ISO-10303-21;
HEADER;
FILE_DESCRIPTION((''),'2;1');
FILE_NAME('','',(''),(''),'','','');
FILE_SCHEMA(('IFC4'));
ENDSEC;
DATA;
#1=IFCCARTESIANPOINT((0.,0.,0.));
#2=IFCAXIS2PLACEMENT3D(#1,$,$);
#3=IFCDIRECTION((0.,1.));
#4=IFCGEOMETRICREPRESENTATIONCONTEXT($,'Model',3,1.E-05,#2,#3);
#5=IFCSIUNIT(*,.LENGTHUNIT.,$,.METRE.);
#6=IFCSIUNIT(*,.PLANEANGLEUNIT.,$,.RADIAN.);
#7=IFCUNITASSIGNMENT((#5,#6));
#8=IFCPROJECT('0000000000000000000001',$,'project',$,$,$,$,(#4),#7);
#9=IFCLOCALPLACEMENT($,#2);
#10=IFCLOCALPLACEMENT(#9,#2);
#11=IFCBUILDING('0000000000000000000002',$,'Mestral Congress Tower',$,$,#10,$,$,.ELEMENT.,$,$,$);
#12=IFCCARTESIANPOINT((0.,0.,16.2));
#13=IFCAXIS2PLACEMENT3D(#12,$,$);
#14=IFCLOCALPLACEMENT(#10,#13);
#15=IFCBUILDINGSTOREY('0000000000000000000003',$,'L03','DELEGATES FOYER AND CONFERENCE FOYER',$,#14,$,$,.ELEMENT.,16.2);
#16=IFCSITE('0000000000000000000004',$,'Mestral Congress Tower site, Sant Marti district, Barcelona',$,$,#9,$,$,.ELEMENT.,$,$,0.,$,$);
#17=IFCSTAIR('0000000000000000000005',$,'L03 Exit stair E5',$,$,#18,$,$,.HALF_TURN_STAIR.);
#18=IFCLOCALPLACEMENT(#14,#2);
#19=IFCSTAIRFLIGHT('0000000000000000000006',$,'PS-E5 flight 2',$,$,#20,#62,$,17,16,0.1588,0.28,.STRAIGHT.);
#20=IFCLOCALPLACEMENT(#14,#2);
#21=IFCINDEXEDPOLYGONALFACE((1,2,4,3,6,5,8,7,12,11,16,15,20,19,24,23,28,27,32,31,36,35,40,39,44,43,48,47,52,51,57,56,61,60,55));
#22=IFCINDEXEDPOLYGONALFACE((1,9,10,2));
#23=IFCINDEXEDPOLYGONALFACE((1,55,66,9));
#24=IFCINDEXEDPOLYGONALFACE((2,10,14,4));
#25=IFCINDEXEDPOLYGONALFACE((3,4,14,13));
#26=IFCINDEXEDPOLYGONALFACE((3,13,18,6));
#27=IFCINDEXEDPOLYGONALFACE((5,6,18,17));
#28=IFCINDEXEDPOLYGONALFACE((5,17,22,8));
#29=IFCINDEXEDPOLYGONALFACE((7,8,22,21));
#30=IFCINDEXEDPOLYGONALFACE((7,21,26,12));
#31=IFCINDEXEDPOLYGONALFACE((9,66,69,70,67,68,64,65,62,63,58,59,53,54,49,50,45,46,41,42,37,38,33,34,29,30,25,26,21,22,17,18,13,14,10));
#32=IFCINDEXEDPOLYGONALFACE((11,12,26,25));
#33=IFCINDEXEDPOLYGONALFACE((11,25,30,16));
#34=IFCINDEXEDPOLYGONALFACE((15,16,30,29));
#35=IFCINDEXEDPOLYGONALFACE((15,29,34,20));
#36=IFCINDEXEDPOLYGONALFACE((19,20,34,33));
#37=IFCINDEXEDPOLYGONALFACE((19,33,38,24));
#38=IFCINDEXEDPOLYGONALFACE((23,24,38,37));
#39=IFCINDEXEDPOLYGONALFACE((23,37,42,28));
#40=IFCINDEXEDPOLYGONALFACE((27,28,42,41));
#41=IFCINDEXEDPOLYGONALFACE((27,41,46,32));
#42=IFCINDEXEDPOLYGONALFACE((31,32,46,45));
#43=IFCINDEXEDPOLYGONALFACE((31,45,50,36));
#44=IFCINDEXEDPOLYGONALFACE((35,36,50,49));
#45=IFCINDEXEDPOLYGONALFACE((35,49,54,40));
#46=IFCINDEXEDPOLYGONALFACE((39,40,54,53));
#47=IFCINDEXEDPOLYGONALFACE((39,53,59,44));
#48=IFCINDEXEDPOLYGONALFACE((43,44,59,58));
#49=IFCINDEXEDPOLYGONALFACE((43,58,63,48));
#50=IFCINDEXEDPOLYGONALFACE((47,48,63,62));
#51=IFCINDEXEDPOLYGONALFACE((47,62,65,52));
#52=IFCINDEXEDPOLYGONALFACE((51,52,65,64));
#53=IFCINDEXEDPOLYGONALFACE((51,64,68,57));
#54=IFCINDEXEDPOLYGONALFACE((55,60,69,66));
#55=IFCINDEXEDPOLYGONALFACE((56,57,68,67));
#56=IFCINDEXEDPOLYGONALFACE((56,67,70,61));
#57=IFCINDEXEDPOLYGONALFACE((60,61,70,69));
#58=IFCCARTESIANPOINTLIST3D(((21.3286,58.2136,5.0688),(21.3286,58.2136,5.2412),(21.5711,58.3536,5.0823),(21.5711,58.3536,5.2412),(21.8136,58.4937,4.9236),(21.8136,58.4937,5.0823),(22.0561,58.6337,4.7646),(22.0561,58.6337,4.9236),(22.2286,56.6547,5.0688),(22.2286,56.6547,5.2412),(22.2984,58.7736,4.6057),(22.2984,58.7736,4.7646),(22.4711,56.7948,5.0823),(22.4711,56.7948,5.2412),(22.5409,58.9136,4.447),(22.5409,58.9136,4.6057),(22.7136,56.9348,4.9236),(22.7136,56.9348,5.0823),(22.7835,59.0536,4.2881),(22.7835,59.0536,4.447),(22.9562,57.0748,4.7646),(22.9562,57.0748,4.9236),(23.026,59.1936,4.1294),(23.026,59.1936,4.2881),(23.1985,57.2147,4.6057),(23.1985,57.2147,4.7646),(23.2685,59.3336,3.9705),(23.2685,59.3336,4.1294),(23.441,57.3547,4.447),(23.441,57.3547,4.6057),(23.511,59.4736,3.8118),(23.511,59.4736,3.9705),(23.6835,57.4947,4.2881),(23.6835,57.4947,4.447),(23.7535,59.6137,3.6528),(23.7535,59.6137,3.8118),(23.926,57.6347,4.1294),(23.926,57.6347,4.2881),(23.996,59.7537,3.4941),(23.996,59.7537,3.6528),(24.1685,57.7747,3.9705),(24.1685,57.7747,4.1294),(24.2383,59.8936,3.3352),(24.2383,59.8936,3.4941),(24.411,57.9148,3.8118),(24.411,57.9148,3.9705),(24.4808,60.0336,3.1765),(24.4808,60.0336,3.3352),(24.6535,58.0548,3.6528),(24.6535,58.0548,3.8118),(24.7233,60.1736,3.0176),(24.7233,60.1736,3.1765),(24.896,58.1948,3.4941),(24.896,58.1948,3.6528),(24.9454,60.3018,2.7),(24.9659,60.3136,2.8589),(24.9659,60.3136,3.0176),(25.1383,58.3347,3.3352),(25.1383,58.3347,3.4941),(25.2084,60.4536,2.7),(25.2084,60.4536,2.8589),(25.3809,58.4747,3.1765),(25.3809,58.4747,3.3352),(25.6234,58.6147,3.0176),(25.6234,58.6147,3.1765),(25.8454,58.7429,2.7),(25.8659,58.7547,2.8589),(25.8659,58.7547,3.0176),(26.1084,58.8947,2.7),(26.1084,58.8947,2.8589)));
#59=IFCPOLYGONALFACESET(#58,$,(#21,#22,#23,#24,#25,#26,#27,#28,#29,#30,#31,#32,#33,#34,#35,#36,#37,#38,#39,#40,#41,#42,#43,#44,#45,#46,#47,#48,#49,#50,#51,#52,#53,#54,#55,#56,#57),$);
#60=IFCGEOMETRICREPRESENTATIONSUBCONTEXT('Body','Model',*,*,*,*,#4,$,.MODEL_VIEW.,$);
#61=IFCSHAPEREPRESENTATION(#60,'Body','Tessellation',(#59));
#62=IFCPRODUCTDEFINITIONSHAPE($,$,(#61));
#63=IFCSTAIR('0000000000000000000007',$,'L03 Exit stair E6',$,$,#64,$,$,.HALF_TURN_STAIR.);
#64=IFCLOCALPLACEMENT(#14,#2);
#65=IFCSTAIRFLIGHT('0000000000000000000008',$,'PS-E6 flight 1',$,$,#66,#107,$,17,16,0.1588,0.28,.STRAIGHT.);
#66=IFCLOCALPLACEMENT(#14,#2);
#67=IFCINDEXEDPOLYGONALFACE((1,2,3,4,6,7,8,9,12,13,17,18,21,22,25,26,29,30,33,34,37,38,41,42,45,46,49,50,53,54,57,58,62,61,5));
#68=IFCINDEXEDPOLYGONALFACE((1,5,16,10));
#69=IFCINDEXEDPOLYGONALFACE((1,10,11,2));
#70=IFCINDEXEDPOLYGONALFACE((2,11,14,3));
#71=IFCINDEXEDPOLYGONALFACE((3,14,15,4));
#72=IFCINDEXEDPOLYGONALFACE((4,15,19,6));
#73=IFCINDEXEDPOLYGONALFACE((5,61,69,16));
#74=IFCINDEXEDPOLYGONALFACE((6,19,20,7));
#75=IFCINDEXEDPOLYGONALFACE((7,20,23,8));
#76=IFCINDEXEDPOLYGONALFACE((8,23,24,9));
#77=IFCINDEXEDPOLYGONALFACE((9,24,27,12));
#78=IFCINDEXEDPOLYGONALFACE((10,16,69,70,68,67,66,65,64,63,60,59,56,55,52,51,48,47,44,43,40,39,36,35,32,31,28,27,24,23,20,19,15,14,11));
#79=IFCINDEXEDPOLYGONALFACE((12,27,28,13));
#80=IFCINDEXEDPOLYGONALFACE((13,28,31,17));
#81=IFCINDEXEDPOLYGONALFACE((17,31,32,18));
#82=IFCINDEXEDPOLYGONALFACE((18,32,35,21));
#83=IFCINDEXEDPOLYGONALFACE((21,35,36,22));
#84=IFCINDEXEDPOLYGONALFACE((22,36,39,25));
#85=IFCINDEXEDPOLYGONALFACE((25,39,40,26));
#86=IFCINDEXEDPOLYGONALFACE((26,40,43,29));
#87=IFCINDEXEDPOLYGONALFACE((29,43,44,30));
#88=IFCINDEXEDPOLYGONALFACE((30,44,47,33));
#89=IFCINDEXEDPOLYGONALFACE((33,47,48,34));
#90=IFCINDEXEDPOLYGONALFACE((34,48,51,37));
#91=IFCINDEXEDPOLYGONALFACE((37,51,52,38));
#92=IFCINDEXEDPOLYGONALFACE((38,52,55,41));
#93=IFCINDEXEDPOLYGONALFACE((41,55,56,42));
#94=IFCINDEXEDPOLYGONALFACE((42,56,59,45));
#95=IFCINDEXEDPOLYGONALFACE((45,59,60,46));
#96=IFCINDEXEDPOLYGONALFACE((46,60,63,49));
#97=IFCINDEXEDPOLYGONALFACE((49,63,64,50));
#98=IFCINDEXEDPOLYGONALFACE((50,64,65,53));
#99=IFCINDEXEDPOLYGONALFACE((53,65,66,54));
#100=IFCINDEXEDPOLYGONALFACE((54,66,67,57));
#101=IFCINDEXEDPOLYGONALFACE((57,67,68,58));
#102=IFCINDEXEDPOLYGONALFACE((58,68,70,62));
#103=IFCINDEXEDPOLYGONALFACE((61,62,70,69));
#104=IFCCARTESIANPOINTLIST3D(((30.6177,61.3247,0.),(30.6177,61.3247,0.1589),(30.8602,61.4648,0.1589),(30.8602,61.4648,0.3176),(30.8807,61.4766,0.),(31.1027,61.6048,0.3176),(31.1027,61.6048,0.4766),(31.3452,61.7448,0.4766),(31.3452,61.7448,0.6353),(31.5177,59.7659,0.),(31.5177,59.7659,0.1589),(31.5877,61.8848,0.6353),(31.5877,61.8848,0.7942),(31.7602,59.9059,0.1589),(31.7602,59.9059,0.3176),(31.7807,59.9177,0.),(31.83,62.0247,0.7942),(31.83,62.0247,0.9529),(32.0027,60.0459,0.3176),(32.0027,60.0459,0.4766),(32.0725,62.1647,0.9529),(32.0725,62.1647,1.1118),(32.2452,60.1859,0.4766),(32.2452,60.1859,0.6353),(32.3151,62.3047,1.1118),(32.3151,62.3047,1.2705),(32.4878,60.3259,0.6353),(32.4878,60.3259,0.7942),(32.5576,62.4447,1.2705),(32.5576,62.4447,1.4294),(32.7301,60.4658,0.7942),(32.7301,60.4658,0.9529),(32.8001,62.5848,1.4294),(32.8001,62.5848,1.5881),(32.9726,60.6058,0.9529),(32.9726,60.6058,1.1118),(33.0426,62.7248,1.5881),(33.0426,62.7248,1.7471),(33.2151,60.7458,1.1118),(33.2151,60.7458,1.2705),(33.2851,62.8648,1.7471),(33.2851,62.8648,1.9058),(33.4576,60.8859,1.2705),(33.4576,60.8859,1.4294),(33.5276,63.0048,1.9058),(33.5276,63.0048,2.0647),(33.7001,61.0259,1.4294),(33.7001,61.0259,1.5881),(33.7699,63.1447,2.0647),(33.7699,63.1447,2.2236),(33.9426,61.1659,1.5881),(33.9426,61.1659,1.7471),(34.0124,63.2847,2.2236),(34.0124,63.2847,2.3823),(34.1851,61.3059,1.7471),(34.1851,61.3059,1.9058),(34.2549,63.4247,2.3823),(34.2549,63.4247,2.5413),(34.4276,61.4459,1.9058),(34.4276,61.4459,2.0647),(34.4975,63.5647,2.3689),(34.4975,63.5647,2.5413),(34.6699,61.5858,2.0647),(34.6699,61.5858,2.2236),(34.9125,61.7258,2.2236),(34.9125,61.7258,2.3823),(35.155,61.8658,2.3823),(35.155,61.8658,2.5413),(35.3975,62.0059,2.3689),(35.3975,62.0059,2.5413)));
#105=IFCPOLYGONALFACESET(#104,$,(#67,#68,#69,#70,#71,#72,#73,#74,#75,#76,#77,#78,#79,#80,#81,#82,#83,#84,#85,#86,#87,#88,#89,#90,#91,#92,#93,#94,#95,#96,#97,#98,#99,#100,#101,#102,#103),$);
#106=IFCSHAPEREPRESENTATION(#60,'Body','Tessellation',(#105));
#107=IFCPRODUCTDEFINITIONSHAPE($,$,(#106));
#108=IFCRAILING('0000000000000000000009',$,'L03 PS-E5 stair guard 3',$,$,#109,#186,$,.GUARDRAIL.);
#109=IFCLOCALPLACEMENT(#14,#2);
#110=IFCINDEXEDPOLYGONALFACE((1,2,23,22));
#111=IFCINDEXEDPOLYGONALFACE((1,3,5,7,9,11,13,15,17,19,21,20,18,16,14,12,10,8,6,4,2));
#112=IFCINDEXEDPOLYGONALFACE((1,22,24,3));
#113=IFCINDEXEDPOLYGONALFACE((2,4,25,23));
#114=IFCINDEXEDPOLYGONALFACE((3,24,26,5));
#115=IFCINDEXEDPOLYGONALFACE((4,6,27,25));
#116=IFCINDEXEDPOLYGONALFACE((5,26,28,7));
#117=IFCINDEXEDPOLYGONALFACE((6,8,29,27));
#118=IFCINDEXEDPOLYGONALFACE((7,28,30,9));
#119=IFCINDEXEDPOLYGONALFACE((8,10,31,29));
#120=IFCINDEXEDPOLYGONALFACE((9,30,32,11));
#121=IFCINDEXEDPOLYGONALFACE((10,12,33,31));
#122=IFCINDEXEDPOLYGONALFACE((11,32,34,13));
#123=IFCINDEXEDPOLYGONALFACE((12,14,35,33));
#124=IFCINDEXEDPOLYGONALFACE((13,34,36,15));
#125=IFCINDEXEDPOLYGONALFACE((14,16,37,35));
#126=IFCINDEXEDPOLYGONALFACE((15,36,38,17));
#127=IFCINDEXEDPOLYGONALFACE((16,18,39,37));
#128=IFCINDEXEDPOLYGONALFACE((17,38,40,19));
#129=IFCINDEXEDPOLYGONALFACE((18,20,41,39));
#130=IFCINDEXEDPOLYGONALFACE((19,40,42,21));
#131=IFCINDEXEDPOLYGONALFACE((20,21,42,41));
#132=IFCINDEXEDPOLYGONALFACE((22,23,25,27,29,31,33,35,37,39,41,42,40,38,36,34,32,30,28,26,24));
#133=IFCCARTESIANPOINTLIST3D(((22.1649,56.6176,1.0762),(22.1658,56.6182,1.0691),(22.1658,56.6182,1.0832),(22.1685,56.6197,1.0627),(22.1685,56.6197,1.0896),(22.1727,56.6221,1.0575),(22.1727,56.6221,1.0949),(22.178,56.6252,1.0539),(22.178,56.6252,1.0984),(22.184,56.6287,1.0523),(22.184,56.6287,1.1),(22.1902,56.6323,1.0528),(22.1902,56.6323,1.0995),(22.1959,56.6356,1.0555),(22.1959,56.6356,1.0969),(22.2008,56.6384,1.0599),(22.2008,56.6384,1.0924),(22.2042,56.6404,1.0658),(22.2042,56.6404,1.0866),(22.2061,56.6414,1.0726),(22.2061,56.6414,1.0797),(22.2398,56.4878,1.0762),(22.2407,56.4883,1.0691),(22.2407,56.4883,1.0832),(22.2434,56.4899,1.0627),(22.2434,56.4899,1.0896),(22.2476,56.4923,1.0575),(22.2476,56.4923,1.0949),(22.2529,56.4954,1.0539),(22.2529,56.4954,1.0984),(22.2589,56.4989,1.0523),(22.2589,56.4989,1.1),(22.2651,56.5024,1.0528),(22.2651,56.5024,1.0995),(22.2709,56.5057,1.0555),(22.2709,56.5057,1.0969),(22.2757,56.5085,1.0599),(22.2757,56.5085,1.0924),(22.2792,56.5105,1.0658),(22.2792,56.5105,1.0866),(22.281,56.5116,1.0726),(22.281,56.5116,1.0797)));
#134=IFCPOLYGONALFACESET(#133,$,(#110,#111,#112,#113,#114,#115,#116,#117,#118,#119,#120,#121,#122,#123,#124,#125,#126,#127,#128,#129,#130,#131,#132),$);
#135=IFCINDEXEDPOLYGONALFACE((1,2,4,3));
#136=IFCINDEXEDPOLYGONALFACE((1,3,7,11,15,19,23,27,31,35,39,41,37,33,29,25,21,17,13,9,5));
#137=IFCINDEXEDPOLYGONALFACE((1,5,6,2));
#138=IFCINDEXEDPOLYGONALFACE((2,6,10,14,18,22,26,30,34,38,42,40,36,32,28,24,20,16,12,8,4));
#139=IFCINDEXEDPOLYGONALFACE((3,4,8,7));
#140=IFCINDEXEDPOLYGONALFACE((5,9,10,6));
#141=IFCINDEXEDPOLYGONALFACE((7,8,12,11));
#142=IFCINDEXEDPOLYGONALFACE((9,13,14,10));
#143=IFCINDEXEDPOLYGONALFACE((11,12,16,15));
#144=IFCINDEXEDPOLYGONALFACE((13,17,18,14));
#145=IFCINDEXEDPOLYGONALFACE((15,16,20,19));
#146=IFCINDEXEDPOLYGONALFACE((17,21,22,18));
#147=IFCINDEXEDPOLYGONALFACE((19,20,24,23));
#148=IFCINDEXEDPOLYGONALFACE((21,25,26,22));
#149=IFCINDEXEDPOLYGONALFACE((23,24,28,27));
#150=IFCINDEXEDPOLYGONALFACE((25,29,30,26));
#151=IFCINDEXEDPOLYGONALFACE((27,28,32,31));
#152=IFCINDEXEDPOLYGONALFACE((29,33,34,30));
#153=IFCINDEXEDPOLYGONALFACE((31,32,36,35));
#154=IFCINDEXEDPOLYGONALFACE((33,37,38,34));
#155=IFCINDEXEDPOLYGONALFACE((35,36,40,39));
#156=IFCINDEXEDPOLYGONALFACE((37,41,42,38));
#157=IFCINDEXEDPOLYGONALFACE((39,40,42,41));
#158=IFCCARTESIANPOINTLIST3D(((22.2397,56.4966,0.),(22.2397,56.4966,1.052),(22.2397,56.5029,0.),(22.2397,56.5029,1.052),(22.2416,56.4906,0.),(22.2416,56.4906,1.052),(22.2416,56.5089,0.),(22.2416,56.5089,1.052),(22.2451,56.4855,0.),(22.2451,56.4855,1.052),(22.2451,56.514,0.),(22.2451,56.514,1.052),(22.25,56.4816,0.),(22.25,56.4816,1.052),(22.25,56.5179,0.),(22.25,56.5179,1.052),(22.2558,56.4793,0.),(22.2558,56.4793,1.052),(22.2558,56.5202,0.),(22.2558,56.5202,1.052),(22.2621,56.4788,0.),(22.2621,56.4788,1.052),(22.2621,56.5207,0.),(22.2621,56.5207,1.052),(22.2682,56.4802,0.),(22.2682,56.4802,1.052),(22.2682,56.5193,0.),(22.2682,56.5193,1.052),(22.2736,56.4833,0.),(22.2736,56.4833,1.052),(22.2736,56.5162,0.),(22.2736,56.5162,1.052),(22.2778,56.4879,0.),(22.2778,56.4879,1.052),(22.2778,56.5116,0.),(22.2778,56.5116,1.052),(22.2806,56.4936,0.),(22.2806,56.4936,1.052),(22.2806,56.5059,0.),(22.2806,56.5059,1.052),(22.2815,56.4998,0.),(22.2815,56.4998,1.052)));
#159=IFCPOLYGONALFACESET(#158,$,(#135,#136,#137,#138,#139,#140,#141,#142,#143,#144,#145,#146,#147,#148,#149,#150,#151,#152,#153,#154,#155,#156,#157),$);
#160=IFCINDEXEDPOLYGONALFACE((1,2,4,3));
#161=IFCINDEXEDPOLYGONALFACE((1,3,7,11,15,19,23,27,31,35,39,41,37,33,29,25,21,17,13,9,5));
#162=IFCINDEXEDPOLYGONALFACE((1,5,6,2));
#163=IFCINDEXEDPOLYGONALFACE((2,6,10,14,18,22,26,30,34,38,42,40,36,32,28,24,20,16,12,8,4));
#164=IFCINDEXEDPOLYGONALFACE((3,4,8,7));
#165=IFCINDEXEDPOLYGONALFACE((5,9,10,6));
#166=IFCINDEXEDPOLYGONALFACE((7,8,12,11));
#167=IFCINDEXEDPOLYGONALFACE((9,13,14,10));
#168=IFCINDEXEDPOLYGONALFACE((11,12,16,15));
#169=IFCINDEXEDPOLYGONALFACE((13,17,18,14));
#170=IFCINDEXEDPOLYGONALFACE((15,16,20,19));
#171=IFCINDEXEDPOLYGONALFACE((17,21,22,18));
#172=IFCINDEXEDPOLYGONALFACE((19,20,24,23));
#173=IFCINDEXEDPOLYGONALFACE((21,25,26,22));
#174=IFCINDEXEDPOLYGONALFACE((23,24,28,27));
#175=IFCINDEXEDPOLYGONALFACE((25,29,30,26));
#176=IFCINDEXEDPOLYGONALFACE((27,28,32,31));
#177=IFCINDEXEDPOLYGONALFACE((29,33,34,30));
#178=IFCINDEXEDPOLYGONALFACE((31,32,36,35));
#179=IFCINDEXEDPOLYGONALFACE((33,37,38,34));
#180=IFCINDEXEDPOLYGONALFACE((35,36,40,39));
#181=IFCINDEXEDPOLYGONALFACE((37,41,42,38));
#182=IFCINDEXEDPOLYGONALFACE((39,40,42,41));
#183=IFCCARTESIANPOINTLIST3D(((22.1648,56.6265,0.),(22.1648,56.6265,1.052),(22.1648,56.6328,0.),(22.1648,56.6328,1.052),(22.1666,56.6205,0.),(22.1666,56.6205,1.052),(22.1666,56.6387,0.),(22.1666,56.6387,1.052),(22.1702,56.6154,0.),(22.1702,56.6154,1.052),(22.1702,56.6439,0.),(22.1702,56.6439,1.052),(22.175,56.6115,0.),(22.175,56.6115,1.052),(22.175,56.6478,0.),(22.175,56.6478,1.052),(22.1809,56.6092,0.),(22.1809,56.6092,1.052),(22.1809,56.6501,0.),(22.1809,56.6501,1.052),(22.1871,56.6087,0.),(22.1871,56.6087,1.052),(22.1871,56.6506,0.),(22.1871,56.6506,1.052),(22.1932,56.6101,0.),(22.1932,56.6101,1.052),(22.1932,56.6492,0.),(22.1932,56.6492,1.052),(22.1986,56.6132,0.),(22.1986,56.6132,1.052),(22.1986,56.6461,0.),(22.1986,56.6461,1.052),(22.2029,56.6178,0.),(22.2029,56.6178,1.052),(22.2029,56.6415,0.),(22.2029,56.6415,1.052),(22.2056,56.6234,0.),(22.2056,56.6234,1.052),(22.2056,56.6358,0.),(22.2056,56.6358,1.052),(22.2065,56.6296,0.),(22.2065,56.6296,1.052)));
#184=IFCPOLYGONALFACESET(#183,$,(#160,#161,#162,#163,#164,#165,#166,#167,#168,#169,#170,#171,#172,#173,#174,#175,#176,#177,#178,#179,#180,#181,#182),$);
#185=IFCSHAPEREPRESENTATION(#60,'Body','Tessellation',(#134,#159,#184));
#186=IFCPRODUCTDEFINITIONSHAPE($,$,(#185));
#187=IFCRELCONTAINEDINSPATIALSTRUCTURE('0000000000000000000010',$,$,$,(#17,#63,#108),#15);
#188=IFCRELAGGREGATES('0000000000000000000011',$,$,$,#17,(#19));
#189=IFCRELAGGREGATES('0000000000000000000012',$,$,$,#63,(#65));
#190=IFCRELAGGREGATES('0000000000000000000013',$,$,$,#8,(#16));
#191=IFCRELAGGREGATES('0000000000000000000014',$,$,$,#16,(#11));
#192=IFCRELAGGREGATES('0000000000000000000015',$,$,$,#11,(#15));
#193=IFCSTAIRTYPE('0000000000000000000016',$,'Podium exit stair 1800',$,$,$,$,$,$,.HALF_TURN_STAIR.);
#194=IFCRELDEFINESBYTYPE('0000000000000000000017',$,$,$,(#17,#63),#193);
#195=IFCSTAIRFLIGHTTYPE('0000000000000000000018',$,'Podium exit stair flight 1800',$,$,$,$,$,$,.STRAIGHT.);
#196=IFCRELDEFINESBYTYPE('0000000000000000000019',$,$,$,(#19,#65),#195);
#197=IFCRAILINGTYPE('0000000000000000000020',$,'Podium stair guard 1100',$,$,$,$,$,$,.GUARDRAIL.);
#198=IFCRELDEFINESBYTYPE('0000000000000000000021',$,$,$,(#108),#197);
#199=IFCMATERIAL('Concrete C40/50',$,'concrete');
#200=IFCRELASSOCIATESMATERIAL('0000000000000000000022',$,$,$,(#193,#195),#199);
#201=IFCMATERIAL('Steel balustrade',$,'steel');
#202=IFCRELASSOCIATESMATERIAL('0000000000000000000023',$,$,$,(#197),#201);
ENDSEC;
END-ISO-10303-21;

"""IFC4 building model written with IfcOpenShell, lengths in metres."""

from ifc_helpers import new_model, si_unit, direction, frame, origin, origin_2d, place, context, subcontext, project, spatial, polyline, circle, outline, extrude, material, type_object, element, aggregate, save


model = new_model("IFC4")

# Units and contexts
model_context = context("Model", 3, precision=1e-05, world=origin(), true_north=direction((0.0, 1.0)))
body_context = subcontext(model_context, "Body", "Model", "MODEL_VIEW")
ifc_project = project(units=[si_unit("LENGTHUNIT", "METRE"), si_unit("PLANEANGLEUNIT", "RADIAN")], contexts=[model_context])

# Site, building, storey
site_placement = place(None, origin())
site = spatial("IfcSite", under=ifc_project, at=site_placement, Name="Mestral Congress Tower site, Sant Marti district, Barcelona", CompositionType="ELEMENT", RefElevation=0.0)
building_placement = place(site_placement, origin())
building = spatial("IfcBuilding", under=site, at=building_placement, Name="Mestral Congress Tower", CompositionType="ELEMENT")
storey_placement = place(building_placement, frame((0.0, 0.0, 16.2)))
storey = spatial("IfcBuildingStorey", under=building, at=storey_placement, Name="L03", Description="DELEGATES FOYER AND CONFERENCE FOYER", CompositionType="ELEMENT", Elevation=16.2)

# Stair, stair flight
ifc_material_1 = material(Name="Concrete C40/50", Category="concrete")
stair_type = type_object("IfcStairType", Name="Podium exit stair 1800", PredefinedType="HALF_TURN_STAIR", material=ifc_material_1)
placement = place(storey_placement, origin())
stair_1 = element("IfcStair", 1, at=placement, inside=storey, type_object=stair_type, Name="L03 Exit stair E5", PredefinedType="HALF_TURN_STAIR")
stair_flight_type = type_object("IfcStairFlightType", Name="Podium exit stair flight 1800", PredefinedType="STRAIGHT", material=ifc_material_1)
stair_flight_1_placement = place(storey_placement, frame((25.6584, 59.6741, 2.7), z_axis=(0.0, 0.0, 1.0), x_axis=(-0.866025, -0.5, 0.0)))
stair_flight_1 = element("IfcStairFlight", 2, at=stair_flight_1_placement, type_object=stair_flight_type, Name="PS-E5 flight 2", NumberOfRisers=17, NumberOfTreads=16, PredefinedType="STRAIGHT", RiserHeight=0.1588, TreadLength=0.28, context=body_context, shape_type="SweptSolid", body=[
    extrude(outline(polyline([(0.0, 0.0), (0.0, 0.1589), (0.28, 0.1589), (0.28, 0.3176), (0.5601, 0.3176), (0.5601, 0.4766), (0.8401, 0.4766), (0.8401, 0.6353), (1.1201, 0.6353), (1.1201, 0.7942), (1.3999, 0.7942), (1.3999, 0.9529), (1.6799, 0.9529), (1.6799, 1.1118), (1.96, 1.1118), (1.96, 1.2705), (2.24, 1.2705), (2.24, 1.4294), (2.52, 1.4294), (2.52, 1.5881), (2.8, 1.5881), (2.8, 1.7471), (3.0801, 1.7471), (3.0801, 1.9058), (3.3601, 1.9058), (3.3601, 2.0647), (3.6399, 2.0647), (3.6399, 2.2236), (3.9199, 2.2236), (3.9199, 2.3823), (4.2, 2.3823), (4.2, 2.5413), (4.48, 2.5413), (4.48, 2.7), (4.48, 2.3689), (0.3037, 0.0), (0.0, 0.0)])), frame((0.0, 0.8999, 0.0), z_axis=(0.0, -1.0, 0.0), x_axis=(1.0, 0.0, 0.0)), (0.0, 0.0, 1.0), 1.8),
])
aggregate(stair_1, [stair_flight_1])

# Stair, stair flight
stair_2 = element("IfcStair", 3, at=placement, inside=storey, type_object=stair_type, Name="L03 Exit stair E6", PredefinedType="HALF_TURN_STAIR")
stair_flight_2_placement = place(storey_placement, frame((31.0676, 60.5454, 0.0), z_axis=(0.0, 0.0, 1.0), x_axis=(0.866025, 0.5, 0.0)))
stair_flight_2 = element("IfcStairFlight", 4, at=stair_flight_2_placement, type_object=stair_flight_type, Name="PS-E6 flight 1", NumberOfRisers=17, NumberOfTreads=16, PredefinedType="STRAIGHT", RiserHeight=0.1588, TreadLength=0.28, context=body_context, shape_type="SweptSolid", body=[
    extrude(outline(polyline([(0.0, 0.0), (0.0, 0.1589), (0.28, 0.1589), (0.28, 0.3176), (0.5601, 0.3176), (0.5601, 0.4766), (0.8401, 0.4766), (0.8401, 0.6353), (1.1201, 0.6353), (1.1201, 0.7942), (1.3999, 0.7942), (1.3999, 0.9529), (1.6799, 0.9529), (1.6799, 1.1118), (1.96, 1.1118), (1.96, 1.2705), (2.24, 1.2705), (2.24, 1.4294), (2.52, 1.4294), (2.52, 1.5881), (2.8, 1.5881), (2.8, 1.7471), (3.0801, 1.7471), (3.0801, 1.9058), (3.3601, 1.9058), (3.3601, 2.0647), (3.6399, 2.0647), (3.6399, 2.2236), (3.9199, 2.2236), (3.9199, 2.3823), (4.2, 2.3823), (4.2, 2.5413), (4.48, 2.5413), (4.48, 2.7), (4.48, 2.3689), (0.3037, 0.0), (0.0, 0.0)])), frame((0.0, 0.8999, 0.0), z_axis=(0.0, -1.0, 0.0), x_axis=(1.0, 0.0, 0.0)), (0.0, 0.0, 1.0), 1.8),
])
aggregate(stair_2, [stair_flight_2])

# Railing
ifc_material_2 = material(Name="Steel balustrade", Category="steel")
railing_type_1 = type_object("IfcRailingType", Name="Podium stair guard 1100", PredefinedType="GUARDRAIL", material=ifc_material_2)
railing_1_placement = place(storey_placement, frame((22.2605, 56.4998, 0.0)))
element("IfcRailing", 5, at=railing_1_placement, inside=storey, type_object=railing_type_1, Name="L03 PS-E5 stair guard 3", PredefinedType="GUARDRAIL", context=body_context, shape_type="SweptSolid", body=[
    extrude(circle(Radius=0.0239, at=origin_2d()), frame((0.0, 0.0, 1.0762), z_axis=(-0.499816, 0.866131, 0.0), x_axis=(-0.866131, -0.499816, 0.0)), (0.0, 0.0, 1.0), 0.1499),
    extrude(circle(Radius=0.021, at=origin_2d()), origin(), (0.0, 0.0, 1.0), 1.052),
    extrude(circle(Radius=0.021, at=origin_2d()), frame((-0.075, 0.1299, 0.0)), (0.0, 0.0, 1.0), 1.052),
])

save(model, "model.ifc")
